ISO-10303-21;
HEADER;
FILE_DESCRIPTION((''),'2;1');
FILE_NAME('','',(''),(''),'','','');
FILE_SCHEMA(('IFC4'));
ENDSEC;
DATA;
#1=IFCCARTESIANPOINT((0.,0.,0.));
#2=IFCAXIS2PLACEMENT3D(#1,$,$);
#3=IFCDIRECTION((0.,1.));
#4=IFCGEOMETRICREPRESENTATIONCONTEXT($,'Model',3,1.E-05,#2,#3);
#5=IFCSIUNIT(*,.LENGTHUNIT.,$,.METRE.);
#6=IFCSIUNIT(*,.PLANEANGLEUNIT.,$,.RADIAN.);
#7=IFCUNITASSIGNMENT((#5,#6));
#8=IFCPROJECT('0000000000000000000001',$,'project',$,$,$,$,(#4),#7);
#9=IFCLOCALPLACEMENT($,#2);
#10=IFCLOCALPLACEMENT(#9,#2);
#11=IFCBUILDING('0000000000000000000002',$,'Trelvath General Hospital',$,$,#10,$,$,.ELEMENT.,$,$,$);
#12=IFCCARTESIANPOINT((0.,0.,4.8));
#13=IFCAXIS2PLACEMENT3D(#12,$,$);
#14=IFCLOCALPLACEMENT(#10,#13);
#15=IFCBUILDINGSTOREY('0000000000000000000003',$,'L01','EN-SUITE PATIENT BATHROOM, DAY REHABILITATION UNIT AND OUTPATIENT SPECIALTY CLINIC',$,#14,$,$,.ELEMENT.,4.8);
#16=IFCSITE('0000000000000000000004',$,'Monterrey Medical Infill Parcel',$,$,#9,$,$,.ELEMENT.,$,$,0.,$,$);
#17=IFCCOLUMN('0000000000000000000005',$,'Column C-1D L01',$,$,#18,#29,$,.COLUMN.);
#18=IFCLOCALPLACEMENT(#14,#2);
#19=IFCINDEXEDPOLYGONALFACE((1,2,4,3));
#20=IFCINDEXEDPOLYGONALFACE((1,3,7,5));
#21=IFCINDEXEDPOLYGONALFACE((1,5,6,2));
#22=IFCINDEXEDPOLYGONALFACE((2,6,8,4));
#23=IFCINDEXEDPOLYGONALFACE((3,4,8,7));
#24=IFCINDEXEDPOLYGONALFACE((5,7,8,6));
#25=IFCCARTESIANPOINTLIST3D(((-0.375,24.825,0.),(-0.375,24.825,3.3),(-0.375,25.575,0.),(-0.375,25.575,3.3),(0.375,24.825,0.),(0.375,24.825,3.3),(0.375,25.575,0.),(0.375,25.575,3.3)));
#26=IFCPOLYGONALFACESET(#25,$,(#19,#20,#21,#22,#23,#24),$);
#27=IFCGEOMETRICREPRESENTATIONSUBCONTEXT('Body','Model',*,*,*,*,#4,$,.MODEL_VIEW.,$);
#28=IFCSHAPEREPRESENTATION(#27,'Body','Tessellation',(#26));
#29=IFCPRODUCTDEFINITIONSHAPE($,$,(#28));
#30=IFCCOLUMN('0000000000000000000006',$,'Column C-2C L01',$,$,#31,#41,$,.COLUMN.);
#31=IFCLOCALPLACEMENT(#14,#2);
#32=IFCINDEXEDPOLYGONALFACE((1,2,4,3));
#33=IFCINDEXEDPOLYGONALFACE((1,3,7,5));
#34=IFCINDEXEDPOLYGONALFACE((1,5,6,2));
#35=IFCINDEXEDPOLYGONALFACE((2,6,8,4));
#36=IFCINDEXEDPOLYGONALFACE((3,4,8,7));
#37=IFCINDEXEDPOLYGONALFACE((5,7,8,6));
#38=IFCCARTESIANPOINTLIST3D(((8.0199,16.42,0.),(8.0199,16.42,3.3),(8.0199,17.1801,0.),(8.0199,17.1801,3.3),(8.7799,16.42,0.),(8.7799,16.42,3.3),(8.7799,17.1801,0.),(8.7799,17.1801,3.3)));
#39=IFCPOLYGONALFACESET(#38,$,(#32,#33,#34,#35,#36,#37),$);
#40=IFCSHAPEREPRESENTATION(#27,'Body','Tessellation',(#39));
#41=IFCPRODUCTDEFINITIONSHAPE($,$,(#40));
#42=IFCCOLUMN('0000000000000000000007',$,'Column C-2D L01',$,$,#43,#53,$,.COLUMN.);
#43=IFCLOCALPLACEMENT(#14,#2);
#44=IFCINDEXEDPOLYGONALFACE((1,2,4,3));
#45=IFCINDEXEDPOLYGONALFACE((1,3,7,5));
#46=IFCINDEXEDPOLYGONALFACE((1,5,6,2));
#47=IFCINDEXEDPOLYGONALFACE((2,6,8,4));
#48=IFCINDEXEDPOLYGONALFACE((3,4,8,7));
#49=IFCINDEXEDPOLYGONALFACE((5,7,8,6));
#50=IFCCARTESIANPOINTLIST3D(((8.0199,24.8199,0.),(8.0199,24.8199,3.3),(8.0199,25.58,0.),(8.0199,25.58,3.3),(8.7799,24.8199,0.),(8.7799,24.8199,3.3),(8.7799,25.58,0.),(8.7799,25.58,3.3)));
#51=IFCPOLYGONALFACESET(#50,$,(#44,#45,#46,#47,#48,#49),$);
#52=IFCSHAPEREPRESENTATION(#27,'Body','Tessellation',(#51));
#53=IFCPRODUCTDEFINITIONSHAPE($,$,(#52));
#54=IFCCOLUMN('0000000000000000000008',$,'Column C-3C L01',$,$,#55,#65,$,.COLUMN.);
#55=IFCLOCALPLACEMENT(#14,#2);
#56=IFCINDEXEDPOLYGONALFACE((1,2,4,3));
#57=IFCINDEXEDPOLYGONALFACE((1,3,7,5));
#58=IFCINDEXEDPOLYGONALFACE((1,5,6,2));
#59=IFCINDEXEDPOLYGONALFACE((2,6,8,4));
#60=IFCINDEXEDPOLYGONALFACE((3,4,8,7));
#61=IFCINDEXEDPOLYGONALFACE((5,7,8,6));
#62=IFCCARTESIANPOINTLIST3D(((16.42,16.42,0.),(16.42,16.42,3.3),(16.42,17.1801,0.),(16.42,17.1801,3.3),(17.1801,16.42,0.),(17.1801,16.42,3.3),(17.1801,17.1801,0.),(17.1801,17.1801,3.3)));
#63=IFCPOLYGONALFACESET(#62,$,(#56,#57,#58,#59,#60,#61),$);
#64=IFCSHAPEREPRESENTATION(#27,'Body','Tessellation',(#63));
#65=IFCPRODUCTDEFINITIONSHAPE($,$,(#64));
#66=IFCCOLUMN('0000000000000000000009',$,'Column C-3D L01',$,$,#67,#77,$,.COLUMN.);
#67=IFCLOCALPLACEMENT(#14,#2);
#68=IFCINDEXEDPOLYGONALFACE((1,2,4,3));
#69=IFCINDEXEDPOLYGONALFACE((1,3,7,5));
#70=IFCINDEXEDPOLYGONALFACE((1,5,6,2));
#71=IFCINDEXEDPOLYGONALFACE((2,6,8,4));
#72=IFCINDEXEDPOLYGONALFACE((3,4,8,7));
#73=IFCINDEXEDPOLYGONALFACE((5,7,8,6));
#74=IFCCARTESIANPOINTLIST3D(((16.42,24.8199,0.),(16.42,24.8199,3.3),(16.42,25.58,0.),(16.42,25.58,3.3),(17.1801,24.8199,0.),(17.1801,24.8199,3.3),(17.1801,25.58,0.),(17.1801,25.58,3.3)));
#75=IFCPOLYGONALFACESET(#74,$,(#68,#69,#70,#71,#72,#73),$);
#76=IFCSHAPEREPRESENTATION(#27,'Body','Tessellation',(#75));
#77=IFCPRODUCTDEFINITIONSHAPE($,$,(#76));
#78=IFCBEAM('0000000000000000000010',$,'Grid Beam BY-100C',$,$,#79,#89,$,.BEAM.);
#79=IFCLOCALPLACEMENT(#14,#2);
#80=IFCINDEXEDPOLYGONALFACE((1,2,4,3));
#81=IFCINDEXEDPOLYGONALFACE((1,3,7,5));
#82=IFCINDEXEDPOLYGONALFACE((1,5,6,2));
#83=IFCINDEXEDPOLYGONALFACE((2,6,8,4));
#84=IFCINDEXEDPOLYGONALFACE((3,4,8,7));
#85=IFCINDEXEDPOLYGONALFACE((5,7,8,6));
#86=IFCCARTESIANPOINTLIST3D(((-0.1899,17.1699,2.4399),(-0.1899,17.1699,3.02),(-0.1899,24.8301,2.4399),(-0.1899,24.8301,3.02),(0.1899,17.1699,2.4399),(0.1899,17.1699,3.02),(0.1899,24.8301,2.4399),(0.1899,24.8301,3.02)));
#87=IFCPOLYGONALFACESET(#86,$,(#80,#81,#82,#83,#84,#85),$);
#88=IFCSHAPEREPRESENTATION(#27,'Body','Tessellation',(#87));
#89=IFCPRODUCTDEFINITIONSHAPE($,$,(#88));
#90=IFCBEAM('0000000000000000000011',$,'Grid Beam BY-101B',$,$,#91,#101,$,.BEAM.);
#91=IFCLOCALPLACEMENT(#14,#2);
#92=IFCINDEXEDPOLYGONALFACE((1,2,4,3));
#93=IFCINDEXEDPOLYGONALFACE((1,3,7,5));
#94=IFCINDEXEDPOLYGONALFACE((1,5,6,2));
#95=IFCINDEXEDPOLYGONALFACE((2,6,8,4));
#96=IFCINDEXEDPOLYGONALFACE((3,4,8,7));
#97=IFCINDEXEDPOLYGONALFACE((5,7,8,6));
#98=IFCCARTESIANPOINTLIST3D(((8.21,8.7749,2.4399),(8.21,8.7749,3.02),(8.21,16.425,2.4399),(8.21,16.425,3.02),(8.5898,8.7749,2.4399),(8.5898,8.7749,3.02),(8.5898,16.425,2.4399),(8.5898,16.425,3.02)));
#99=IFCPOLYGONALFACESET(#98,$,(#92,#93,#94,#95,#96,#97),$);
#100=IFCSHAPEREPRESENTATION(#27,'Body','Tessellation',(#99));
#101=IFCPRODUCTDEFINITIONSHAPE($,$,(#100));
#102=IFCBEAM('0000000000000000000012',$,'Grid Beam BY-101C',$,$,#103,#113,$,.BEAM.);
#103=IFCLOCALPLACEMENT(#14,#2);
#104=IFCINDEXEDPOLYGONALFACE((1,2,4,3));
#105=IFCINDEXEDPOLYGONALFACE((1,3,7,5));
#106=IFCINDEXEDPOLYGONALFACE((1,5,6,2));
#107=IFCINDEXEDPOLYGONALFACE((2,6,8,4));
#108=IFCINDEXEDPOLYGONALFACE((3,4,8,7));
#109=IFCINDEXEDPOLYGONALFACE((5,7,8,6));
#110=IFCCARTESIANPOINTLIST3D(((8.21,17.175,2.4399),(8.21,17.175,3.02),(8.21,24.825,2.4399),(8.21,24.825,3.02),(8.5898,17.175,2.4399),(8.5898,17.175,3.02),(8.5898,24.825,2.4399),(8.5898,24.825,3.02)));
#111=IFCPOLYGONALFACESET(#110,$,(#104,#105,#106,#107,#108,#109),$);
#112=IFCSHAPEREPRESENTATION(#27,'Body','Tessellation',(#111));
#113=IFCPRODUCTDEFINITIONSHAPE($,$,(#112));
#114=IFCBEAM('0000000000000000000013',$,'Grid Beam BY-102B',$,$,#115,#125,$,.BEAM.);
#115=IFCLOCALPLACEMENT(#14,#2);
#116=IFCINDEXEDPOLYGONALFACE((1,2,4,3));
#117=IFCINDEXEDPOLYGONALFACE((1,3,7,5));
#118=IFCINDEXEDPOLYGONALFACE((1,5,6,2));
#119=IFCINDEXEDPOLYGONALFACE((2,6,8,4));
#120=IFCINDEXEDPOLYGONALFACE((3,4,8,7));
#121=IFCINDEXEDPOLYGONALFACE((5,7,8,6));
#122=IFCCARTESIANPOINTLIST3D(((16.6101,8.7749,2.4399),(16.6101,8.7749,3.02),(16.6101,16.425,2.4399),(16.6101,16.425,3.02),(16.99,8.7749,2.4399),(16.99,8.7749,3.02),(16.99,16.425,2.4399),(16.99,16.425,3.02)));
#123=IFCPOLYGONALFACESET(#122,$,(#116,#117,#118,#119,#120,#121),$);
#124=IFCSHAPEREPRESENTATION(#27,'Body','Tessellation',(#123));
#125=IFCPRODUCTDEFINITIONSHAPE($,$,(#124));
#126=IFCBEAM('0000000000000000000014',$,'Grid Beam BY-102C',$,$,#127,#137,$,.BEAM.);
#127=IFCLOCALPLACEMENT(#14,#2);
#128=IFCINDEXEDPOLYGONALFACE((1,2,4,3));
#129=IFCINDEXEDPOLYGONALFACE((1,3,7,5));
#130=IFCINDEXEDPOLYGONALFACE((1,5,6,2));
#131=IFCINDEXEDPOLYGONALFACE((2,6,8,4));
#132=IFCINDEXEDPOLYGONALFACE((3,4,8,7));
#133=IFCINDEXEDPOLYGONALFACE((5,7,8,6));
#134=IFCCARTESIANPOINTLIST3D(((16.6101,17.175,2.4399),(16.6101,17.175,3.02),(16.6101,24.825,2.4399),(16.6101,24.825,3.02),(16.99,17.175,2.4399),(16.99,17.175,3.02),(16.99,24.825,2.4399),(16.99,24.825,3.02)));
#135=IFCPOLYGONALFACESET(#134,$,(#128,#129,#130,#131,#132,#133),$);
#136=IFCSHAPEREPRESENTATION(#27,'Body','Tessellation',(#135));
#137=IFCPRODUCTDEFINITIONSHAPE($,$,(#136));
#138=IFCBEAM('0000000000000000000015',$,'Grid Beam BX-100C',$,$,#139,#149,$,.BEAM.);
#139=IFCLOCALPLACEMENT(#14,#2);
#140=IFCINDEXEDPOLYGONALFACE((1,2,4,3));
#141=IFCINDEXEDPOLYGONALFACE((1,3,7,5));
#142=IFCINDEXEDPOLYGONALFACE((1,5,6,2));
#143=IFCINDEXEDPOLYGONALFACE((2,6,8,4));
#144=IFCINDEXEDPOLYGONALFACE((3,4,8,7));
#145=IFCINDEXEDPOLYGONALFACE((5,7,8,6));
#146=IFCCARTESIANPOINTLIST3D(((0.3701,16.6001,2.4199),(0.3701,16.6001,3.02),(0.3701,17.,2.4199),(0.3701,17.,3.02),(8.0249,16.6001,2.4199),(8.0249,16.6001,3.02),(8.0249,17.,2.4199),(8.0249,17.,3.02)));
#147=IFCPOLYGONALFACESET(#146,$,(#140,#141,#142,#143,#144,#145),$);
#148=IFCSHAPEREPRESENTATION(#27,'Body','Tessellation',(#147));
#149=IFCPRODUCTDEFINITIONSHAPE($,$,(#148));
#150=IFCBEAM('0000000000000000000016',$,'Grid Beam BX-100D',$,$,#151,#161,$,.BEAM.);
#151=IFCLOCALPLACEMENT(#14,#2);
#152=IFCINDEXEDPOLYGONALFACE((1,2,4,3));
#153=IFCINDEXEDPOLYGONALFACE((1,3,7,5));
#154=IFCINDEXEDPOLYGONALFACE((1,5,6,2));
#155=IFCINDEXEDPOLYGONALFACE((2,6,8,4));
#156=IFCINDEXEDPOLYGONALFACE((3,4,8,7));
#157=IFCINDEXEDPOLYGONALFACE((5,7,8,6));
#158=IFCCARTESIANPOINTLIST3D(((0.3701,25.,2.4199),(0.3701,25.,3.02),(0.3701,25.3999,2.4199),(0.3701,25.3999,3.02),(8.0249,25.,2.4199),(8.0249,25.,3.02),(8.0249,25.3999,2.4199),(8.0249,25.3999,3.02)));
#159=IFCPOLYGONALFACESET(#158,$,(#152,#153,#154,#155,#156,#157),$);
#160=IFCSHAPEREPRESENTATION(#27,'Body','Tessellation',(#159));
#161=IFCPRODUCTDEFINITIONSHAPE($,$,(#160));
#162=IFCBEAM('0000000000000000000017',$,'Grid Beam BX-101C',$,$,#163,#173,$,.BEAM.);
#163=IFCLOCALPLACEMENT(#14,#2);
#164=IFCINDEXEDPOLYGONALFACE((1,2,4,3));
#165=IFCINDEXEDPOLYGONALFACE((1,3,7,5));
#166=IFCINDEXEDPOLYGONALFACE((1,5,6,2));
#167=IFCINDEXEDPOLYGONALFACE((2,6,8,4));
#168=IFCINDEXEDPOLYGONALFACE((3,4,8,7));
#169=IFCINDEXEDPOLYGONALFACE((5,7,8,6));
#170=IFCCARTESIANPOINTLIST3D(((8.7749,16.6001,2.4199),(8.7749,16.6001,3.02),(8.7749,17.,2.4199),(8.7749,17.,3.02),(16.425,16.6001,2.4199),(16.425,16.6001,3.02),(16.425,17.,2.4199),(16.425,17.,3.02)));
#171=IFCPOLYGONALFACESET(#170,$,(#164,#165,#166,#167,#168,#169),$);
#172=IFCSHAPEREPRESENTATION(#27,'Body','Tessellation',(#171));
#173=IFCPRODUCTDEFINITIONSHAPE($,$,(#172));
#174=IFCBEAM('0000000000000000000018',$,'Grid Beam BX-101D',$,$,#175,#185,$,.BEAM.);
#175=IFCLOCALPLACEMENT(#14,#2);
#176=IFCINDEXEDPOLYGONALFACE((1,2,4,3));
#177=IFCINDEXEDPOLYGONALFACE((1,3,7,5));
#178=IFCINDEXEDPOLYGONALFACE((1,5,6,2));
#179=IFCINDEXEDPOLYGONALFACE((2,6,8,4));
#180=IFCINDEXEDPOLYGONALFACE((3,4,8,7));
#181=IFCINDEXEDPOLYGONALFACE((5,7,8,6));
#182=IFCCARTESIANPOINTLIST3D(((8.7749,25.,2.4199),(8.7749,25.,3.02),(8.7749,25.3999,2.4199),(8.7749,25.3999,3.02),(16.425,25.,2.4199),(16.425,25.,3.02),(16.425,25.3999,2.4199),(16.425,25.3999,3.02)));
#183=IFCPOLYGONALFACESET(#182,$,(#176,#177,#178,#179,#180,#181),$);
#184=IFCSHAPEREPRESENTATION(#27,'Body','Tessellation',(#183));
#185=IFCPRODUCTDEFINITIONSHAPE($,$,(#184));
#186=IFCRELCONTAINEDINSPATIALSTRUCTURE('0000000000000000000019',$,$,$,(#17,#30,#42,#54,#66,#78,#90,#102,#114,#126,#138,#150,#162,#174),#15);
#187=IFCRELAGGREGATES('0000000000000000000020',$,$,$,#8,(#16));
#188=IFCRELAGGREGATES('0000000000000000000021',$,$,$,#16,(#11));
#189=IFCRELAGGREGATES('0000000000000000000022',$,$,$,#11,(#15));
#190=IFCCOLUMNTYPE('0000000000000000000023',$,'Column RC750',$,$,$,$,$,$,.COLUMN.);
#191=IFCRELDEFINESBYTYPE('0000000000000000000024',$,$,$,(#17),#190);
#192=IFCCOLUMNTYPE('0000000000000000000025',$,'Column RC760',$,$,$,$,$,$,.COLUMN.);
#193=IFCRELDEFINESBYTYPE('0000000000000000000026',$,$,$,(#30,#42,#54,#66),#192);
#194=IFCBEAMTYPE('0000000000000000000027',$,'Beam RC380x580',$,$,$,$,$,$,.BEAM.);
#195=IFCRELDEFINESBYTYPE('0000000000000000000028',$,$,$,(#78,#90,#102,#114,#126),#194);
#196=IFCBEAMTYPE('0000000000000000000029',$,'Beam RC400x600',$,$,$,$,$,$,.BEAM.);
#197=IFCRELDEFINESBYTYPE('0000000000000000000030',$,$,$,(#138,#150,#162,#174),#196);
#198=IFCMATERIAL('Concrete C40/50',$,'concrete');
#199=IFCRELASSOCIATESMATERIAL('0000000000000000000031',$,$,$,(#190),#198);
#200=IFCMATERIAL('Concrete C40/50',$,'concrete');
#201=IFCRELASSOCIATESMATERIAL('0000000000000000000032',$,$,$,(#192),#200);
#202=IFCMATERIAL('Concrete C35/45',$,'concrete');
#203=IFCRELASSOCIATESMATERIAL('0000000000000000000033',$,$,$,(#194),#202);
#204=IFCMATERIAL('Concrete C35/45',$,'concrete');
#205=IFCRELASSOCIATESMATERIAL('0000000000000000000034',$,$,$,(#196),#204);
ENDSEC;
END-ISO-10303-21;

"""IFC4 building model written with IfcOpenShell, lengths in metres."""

from ifc_helpers import new_model, si_unit, direction, frame, origin, origin_2d, place, context, subcontext, project, spatial, rectangle, extrude, material, material_profile, profile_set, type_object, element, save


model = new_model("IFC4")

# Units and contexts
model_context = context("Model", 3, precision=1e-05, world=origin(), true_north=direction((0.0, 1.0)))
body_context = subcontext(model_context, "Body", "Model", "MODEL_VIEW")
ifc_project = project(units=[si_unit("LENGTHUNIT", "METRE"), si_unit("PLANEANGLEUNIT", "RADIAN")], contexts=[model_context])

# Site, building, storey
site_placement = place(None, origin())
site = spatial("IfcSite", under=ifc_project, at=site_placement, Name="Monterrey Medical Infill Parcel", CompositionType="ELEMENT", RefElevation=0.0)
building_placement = place(site_placement, origin())
building = spatial("IfcBuilding", under=site, at=building_placement, Name="Trelvath General Hospital", CompositionType="ELEMENT")
storey_placement = place(building_placement, frame((0.0, 0.0, 4.8)))
storey = spatial("IfcBuildingStorey", under=building, at=storey_placement, Name="L01", Description="EN-SUITE PATIENT BATHROOM, DAY REHABILITATION UNIT AND OUTPATIENT SPECIALTY CLINIC", CompositionType="ELEMENT", Elevation=4.8)

# Columns
ifc_material_1 = material(Name="Concrete C40/50", Category="concrete")
ifc_material_profile_1 = material_profile(ifc_material_1, rectangle(XDim=0.75, YDim=0.75, at=origin_2d()), Name="RC750x750")
ifc_profile_set_1 = profile_set([ifc_material_profile_1], Name="Concrete C40/50")
column_type_1 = type_object("IfcColumnType", Name="Column RC750", PredefinedType="COLUMN", material=ifc_profile_set_1)
column_placement = place(storey_placement, frame((0.0, 25.2, 0.0), z_axis=(0.0, 0.0, 1.0), x_axis=(1.0, 0.0, 0.0)))
element("IfcColumn", 1, at=column_placement, inside=storey, type_object=column_type_1, Name="Column C-1D L01", PredefinedType="COLUMN", context=body_context, shape_type="SweptSolid", body=[
    extrude(rectangle(XDim=0.75, YDim=0.75, at=origin_2d()), origin(), (0.0, 0.0, 1.0), 3.3),
])
ifc_material_2 = material(Name="Concrete C40/50", Category="concrete")
ifc_material_profile_2 = material_profile(ifc_material_2, rectangle(XDim=0.76, YDim=0.76, at=origin_2d()), Name="RC760x760")
ifc_profile_set_2 = profile_set([ifc_material_profile_2], Name="Concrete C40/50")
column_type_2 = type_object("IfcColumnType", Name="Column RC760", PredefinedType="COLUMN", material=ifc_profile_set_2)
for number, where, z_axis, x_axis, name in (
    (2, (8.3999, 16.8, 0.0), (0.0, 0.0, 1.0), (1.0, 0.0, 0.0), "Column C-2C L01"),
    (3, (8.3999, 25.2, 0.0), (0.0, 0.0, 1.0), (1.0, 0.0, 0.0), "Column C-2D L01"),
    (4, (16.8, 16.8, 0.0), (0.0, 0.0, 1.0), (1.0, 0.0, 0.0), "Column C-3C L01"),
    (5, (16.8, 25.2, 0.0), (0.0, 0.0, 1.0), (1.0, 0.0, 0.0), "Column C-3D L01"),
):
    element("IfcColumn", number, at=place(storey_placement, frame(where, z_axis=z_axis, x_axis=x_axis)), inside=storey, type_object=column_type_2, Name=name, PredefinedType="COLUMN", context=body_context, shape_type="SweptSolid", body=[
        extrude(rectangle(XDim=0.76, YDim=0.76, at=origin_2d()), origin(), (0.0, 0.0, 1.0), 3.3),
    ])

# Beams
ifc_material_3 = material(Name="Concrete C35/45", Category="concrete")
ifc_material_profile_3 = material_profile(ifc_material_3, rectangle(XDim=0.3799, YDim=0.5801, at=origin_2d()), Name="RCB380x580")
ifc_profile_set_3 = profile_set([ifc_material_profile_3], Name="Concrete C35/45")
beam_type_1 = type_object("IfcBeamType", Name="Beam RC380x580", PredefinedType="BEAM", material=ifc_profile_set_3)
beam_1_placement = place(storey_placement, frame((0.0, 17.1699, 2.73), z_axis=(0.0, 1.0, 0.0), x_axis=(-1.0, 0.0, 0.0)))
element("IfcBeam", 6, at=beam_1_placement, inside=storey, type_object=beam_type_1, Name="Grid Beam BY-100C", PredefinedType="BEAM", context=body_context, shape_type="SweptSolid", body=[
    extrude(rectangle(XDim=0.3799, YDim=0.5801, at=origin_2d()), origin(), (0.0, 0.0, 1.0), 7.6602),
])
beam_2_placement = place(storey_placement, frame((8.3999, 8.7749, 2.73), z_axis=(0.0, 1.0, 0.0), x_axis=(-1.0, 0.0, 0.0)))
element("IfcBeam", 7, at=beam_2_placement, inside=storey, type_object=beam_type_1, Name="Grid Beam BY-101B", PredefinedType="BEAM", context=body_context, shape_type="SweptSolid", body=[
    extrude(rectangle(XDim=0.3799, YDim=0.5801, at=origin_2d()), origin(), (0.0, 0.0, 1.0), 7.6501),
])
beam_3_placement = place(storey_placement, frame((8.3999, 17.175, 2.73), z_axis=(0.0, 1.0, 0.0), x_axis=(-1.0, 0.0, 0.0)))
element("IfcBeam", 8, at=beam_3_placement, inside=storey, type_object=beam_type_1, Name="Grid Beam BY-101C", PredefinedType="BEAM", context=body_context, shape_type="SweptSolid", body=[
    extrude(rectangle(XDim=0.3799, YDim=0.5801, at=origin_2d()), origin(), (0.0, 0.0, 1.0), 7.6499),
])
beam_4_placement = place(storey_placement, frame((16.8, 8.7749, 2.73), z_axis=(0.0, 1.0, 0.0), x_axis=(-1.0, 0.0, 0.0)))
element("IfcBeam", 9, at=beam_4_placement, inside=storey, type_object=beam_type_1, Name="Grid Beam BY-102B", PredefinedType="BEAM", context=body_context, shape_type="SweptSolid", body=[
    extrude(rectangle(XDim=0.3799, YDim=0.5801, at=origin_2d()), origin(), (0.0, 0.0, 1.0), 7.6501),
])
beam_5_placement = place(storey_placement, frame((16.8, 17.175, 2.73), z_axis=(0.0, 1.0, 0.0), x_axis=(-1.0, 0.0, 0.0)))
element("IfcBeam", 10, at=beam_5_placement, inside=storey, type_object=beam_type_1, Name="Grid Beam BY-102C", PredefinedType="BEAM", context=body_context, shape_type="SweptSolid", body=[
    extrude(rectangle(XDim=0.3799, YDim=0.5801, at=origin_2d()), origin(), (0.0, 0.0, 1.0), 7.6499),
])
ifc_material_4 = material(Name="Concrete C35/45", Category="concrete")
ifc_material_profile_4 = material_profile(ifc_material_4, rectangle(XDim=0.3999, YDim=0.6001, at=origin_2d()), Name="RCB400x600")
ifc_profile_set_4 = profile_set([ifc_material_profile_4], Name="Concrete C35/45")
beam_type_2 = type_object("IfcBeamType", Name="Beam RC400x600", PredefinedType="BEAM", material=ifc_profile_set_4)
for number, where, z_axis, x_axis, name in (
    (11, (0.3701, 16.8, 2.72), (1.0, 0.0, 0.0), (0.0, 1.0, 0.0), "Grid Beam BX-100C"),
    (12, (0.3701, 25.2, 2.72), (1.0, 0.0, 0.0), (0.0, 1.0, 0.0), "Grid Beam BX-100D"),
):
    element("IfcBeam", number, at=place(storey_placement, frame(where, z_axis=z_axis, x_axis=x_axis)), inside=storey, type_object=beam_type_2, Name=name, PredefinedType="BEAM", context=body_context, shape_type="SweptSolid", body=[
        extrude(rectangle(XDim=0.3999, YDim=0.6001, at=origin_2d()), origin(), (0.0, 0.0, 1.0), 7.6548),
    ])
for number, where, z_axis, x_axis, name in (
    (13, (8.7749, 16.8, 2.72), (1.0, 0.0, 0.0), (0.0, 1.0, 0.0), "Grid Beam BX-101C"),
    (14, (8.7749, 25.2, 2.72), (1.0, 0.0, 0.0), (0.0, 1.0, 0.0), "Grid Beam BX-101D"),
):
    element("IfcBeam", number, at=place(storey_placement, frame(where, z_axis=z_axis, x_axis=x_axis)), inside=storey, type_object=beam_type_2, Name=name, PredefinedType="BEAM", context=body_context, shape_type="SweptSolid", body=[
        extrude(rectangle(XDim=0.3999, YDim=0.6001, at=origin_2d()), origin(), (0.0, 0.0, 1.0), 7.6501),
    ])

save(model, "model.ifc")
